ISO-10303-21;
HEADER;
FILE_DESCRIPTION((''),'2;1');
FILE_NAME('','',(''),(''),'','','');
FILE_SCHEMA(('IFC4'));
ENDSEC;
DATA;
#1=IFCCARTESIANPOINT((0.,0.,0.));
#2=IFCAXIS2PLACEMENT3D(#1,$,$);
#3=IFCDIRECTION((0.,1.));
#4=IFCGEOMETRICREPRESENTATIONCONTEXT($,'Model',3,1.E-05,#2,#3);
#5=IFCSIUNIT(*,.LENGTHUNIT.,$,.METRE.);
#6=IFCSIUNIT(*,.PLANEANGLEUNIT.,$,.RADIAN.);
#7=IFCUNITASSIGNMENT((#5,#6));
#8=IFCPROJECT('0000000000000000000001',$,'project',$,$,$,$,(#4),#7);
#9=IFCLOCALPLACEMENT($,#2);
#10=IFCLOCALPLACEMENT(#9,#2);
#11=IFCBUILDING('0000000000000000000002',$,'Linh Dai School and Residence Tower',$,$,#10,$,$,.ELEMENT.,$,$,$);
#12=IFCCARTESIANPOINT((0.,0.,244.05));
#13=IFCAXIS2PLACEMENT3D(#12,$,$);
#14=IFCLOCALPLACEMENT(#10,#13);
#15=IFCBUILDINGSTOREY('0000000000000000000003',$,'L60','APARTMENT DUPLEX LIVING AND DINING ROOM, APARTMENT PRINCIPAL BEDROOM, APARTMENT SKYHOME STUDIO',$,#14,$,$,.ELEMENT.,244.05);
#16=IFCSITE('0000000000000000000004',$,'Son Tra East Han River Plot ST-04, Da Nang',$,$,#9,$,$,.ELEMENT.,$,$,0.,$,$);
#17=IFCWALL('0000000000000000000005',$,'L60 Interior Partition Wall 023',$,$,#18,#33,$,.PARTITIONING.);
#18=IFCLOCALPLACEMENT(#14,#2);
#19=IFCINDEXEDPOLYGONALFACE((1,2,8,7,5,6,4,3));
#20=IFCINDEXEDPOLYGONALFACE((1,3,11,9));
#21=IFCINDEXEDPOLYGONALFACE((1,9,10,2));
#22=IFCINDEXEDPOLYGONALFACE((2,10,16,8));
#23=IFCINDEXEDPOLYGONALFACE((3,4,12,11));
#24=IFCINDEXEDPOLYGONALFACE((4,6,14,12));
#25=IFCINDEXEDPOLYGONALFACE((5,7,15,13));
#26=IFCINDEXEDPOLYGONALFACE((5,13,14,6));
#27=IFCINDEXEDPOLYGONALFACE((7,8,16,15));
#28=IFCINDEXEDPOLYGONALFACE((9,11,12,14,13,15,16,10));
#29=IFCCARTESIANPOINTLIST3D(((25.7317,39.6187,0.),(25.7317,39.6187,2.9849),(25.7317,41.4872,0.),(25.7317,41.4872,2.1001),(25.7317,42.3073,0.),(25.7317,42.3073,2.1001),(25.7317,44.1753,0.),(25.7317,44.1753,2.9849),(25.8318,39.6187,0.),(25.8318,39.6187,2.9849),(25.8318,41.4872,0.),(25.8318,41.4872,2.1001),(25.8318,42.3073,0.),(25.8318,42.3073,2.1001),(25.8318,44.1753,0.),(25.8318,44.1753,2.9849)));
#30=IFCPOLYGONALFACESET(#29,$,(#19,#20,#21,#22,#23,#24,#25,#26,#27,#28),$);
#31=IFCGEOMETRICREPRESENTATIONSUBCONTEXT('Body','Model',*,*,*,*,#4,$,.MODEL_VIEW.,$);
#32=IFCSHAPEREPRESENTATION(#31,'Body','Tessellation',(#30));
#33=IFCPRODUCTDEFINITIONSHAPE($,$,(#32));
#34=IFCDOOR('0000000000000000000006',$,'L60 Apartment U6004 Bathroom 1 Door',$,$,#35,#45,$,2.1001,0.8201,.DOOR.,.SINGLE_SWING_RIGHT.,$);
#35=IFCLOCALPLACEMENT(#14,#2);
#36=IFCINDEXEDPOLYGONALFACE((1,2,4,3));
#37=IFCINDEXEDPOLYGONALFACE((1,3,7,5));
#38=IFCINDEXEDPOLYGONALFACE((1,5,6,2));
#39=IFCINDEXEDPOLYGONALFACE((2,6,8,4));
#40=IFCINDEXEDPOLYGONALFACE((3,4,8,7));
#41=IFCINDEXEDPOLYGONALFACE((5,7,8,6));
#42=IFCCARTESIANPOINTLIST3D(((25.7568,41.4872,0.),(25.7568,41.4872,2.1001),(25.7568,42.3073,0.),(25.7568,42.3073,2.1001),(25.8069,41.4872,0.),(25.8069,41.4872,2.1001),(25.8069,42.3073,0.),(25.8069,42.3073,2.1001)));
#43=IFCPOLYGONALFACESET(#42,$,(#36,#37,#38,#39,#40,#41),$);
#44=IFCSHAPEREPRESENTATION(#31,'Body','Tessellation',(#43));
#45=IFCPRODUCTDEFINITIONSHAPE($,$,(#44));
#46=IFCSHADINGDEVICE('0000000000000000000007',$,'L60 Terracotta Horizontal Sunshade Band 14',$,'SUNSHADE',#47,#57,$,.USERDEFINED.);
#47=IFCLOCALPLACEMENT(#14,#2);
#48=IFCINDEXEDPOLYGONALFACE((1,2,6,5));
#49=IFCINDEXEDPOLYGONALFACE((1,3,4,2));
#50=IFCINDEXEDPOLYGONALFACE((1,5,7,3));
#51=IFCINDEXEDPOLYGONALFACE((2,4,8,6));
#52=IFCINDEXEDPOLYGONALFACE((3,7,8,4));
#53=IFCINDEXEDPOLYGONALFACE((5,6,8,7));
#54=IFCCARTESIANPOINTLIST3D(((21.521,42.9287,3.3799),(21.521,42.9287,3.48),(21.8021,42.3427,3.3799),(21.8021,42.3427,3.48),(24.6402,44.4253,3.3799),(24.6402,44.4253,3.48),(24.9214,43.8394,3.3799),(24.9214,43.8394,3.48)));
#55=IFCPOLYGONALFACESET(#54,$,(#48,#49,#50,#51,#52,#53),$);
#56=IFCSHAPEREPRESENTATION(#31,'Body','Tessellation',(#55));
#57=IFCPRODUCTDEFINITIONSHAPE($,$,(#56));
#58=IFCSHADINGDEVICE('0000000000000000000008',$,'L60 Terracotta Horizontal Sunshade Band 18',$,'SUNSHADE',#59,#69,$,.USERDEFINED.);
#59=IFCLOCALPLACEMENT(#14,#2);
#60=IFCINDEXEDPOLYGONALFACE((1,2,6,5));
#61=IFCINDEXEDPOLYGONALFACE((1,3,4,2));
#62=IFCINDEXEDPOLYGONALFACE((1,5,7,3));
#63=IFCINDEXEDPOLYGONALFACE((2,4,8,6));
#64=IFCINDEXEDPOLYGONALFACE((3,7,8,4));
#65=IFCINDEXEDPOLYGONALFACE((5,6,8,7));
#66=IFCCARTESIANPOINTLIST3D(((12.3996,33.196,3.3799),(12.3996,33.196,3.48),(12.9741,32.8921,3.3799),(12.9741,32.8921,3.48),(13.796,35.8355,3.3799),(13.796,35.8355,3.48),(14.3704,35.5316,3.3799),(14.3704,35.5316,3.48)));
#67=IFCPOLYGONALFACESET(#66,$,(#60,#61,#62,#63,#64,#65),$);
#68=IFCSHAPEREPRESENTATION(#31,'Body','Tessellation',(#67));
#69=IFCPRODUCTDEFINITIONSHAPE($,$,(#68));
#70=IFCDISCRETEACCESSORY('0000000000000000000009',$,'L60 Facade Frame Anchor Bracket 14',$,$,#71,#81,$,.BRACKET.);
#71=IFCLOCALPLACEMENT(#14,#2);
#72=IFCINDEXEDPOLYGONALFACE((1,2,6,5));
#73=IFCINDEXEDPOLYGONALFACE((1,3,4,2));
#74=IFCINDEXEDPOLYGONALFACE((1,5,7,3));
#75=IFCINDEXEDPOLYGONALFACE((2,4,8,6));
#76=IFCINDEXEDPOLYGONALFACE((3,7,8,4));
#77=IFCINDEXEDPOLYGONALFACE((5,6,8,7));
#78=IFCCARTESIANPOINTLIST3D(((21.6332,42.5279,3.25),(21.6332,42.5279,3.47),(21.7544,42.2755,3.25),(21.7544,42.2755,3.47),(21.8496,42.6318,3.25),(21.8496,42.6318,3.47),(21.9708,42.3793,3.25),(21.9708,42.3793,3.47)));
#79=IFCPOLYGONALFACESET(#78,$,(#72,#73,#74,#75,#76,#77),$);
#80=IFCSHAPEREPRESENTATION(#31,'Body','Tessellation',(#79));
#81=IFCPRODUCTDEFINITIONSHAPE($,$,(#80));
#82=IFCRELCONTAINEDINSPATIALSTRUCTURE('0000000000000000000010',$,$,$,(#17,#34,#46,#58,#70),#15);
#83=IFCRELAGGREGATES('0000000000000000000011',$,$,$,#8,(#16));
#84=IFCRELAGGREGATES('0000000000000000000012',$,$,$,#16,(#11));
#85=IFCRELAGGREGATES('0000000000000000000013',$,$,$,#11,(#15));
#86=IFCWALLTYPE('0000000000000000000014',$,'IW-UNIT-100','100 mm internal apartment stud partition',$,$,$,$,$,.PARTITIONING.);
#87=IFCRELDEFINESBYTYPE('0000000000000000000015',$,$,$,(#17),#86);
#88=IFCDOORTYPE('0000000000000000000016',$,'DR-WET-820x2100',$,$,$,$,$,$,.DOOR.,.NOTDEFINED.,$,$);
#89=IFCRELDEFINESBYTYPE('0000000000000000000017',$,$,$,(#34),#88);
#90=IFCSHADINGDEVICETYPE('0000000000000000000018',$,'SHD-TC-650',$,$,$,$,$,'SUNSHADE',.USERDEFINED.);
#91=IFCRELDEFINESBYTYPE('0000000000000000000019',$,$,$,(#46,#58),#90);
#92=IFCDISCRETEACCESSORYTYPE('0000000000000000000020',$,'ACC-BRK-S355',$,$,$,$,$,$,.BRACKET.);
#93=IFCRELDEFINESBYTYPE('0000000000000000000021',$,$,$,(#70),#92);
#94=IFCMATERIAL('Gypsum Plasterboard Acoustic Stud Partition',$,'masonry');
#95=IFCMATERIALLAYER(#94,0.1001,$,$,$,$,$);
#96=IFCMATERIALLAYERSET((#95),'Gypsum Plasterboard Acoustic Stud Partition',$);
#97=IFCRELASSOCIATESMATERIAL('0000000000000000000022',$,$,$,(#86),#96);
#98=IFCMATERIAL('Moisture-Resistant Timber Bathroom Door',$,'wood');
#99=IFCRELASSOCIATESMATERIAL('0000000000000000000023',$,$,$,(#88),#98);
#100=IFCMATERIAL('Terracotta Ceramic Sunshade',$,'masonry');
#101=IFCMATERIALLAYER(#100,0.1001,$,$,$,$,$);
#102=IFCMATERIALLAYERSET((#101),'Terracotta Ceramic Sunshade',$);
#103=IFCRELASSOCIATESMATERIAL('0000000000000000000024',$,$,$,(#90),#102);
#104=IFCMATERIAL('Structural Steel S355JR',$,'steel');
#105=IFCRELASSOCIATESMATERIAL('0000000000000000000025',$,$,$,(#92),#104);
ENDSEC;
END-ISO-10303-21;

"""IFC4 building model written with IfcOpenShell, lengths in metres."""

from ifc_helpers import new_model, si_unit, direction, frame, frame_2d, origin, origin_2d, place, context, subcontext, project, spatial, rectangle, extrude, source, transform, mapped, material, layer, layer_set, type_object, element, fill, save


model = new_model("IFC4")

# Units and contexts
model_context = context("Model", 3, precision=1e-05, world=origin(), true_north=direction((0.0, 1.0)))
body_context = subcontext(model_context, "Body", "Model", "MODEL_VIEW")
ifc_project = project(units=[si_unit("LENGTHUNIT", "METRE"), si_unit("PLANEANGLEUNIT", "RADIAN")], contexts=[model_context])

# Site, building, storey
site_placement = place(None, origin())
site = spatial("IfcSite", under=ifc_project, at=site_placement, Name="Son Tra East Han River Plot ST-04, Da Nang", CompositionType="ELEMENT", RefElevation=0.0)
building_placement = place(site_placement, origin())
building = spatial("IfcBuilding", under=site, at=building_placement, Name="Linh Dai School and Residence Tower", CompositionType="ELEMENT")
storey_placement = place(building_placement, frame((0.0, 0.0, 244.05)))
storey = spatial("IfcBuildingStorey", under=building, at=storey_placement, Name="L60", Description="APARTMENT DUPLEX LIVING AND DINING ROOM, APARTMENT PRINCIPAL BEDROOM, APARTMENT SKYHOME STUDIO", CompositionType="ELEMENT", Elevation=244.05)

# Shared definitions
ifc_material_1 = material(Name="Structural Steel S355JR", Category="steel")

# Wall, opening, door
ifc_material_2 = material(Name="Gypsum Plasterboard Acoustic Stud Partition", Category="masonry")
ifc_layer_1 = layer(ifc_material_2, 0.1001)
ifc_layer_set_1 = layer_set([ifc_layer_1], Name="Gypsum Plasterboard Acoustic Stud Partition")
wall_type_1 = type_object("IfcWallType", Name="IW-UNIT-100", Description="100 mm internal apartment stud partition", PredefinedType="PARTITIONING", material=ifc_layer_set_1)
wall_1_placement = place(storey_placement, frame((25.7817, 39.6187, 0.0), z_axis=(0.0, 0.0, 1.0), x_axis=(0.0, 1.0, 0.0)))
wall_1 = element("IfcWall", 1, at=wall_1_placement, inside=storey, type_object=wall_type_1, Name="L60 Interior Partition Wall 023", PredefinedType="PARTITIONING", context=body_context, shape_type="SweptSolid", body=[
    extrude(rectangle(XDim=4.5566, YDim=0.1001, at=frame_2d((2.2783, 0.0))), origin(), (0.0, 0.0, 1.0), 2.9849),
])
opening_1_placement = place(wall_1_placement, frame((1.8684, 0.0, 0.0)))
opening_1 = element("IfcOpeningElement", 2, at=opening_1_placement, cuts=wall_1, PredefinedType="OPENING", context=body_context, shape_type="SweptSolid", body=[
    extrude(rectangle(XDim=0.8201, YDim=2.1001, at=origin_2d()), frame((0.4102, 0.0601, 1.05), z_axis=(0.0, -1.0, 0.0), x_axis=(1.0, 0.0, 0.0)), (0.0, 0.0, 1.0), 0.1201),
])
ifc_material_3 = material(Name="Moisture-Resistant Timber Bathroom Door", Category="wood")
door_type_1 = type_object("IfcDoorType", Name="DR-WET-820x2100", OperationType="NOTDEFINED", PredefinedType="DOOR", material=ifc_material_3)
shared_shape_1 = source(origin(), body_context, "Body", "SweptSolid", [
    extrude(rectangle(XDim=0.8201, YDim=2.1001, at=origin_2d()), frame((0.4102, 0.0249, 1.05), z_axis=(0.0, -1.0, 0.0), x_axis=(1.0, 0.0, 0.0)), (0.0, 0.0, 1.0), 0.05),
])
door_1_placement = place(opening_1_placement, origin())
door_1 = element("IfcDoor", 3, at=door_1_placement, inside=storey, type_object=door_type_1, Name="L60 Apartment U6004 Bathroom 1 Door", OperationType="SINGLE_SWING_RIGHT", OverallHeight=2.1001, OverallWidth=0.8201, PredefinedType="DOOR", context=body_context, shape_type="MappedRepresentation", body=[
    mapped(shared_shape_1, transform((0.0, 0.0, 0.0), x_axis=(1.0, 0.0, 0.0), y_axis=(0.0, 1.0, 0.0), z_axis=(0.0, 0.0, 1.0), scale=1.0)),
])
fill(opening_1, door_1)

# Shading devices
ifc_material_4 = material(Name="Terracotta Ceramic Sunshade", Category="masonry")
ifc_layer_2 = layer(ifc_material_4, 0.1001)
ifc_layer_set_2 = layer_set([ifc_layer_2], Name="Terracotta Ceramic Sunshade")
shading_device_type = type_object("IfcShadingDeviceType", Name="SHD-TC-650", ElementType="SUNSHADE", PredefinedType="USERDEFINED", material=ifc_layer_set_2)
shared_shape_2 = source(origin(), body_context, "Body", "SweptSolid", [
    extrude(rectangle(XDim=3.4597, YDim=0.6499, at=origin_2d()), origin(), (0.0, 0.0, 1.0), 0.1001),
])
shading_device_1_placement = place(storey_placement, frame((23.2212, 43.384, 3.3799), z_axis=(0.0, 0.0, 1.0), x_axis=(0.901589, 0.432594, 0.0)))
element("IfcShadingDevice", 4, at=shading_device_1_placement, inside=storey, type_object=shading_device_type, Name="L60 Terracotta Horizontal Sunshade Band 14", ObjectType="SUNSHADE", PredefinedType="USERDEFINED", context=body_context, shape_type="MappedRepresentation", body=[
    mapped(shared_shape_2, transform((0.0, 0.0, 0.0), x_axis=(1.0, 0.0, 0.0), y_axis=(0.0, 1.0, 0.0), z_axis=(0.0, 0.0, 1.0), scale=1.0)),
])
shared_shape_3 = source(origin(), body_context, "Body", "SweptSolid", [
    extrude(rectangle(XDim=2.9861, YDim=0.6499, at=origin_2d()), origin(), (0.0, 0.0, 1.0), 0.1001),
])
shading_device_2_placement = place(storey_placement, frame((13.385, 34.3638, 3.3799), z_axis=(0.0, 0.0, 1.0), x_axis=(0.467621, 0.883929, 0.0)))
element("IfcShadingDevice", 5, at=shading_device_2_placement, inside=storey, type_object=shading_device_type, Name="L60 Terracotta Horizontal Sunshade Band 18", ObjectType="SUNSHADE", PredefinedType="USERDEFINED", context=body_context, shape_type="MappedRepresentation", body=[
    mapped(shared_shape_3, transform((0.0, 0.0, 0.0), x_axis=(1.0, 0.0, 0.0), y_axis=(0.0, 1.0, 0.0), z_axis=(0.0, 0.0, 1.0), scale=1.0)),
])

# Discrete accessory
discrete_accessory_type = type_object("IfcDiscreteAccessoryType", Name="ACC-BRK-S355", PredefinedType="BRACKET", material=ifc_material_1)
shared_shape_4 = source(origin(), body_context, "Body", "SweptSolid", [
    extrude(rectangle(XDim=0.28, YDim=0.24, at=origin_2d()), origin(), (0.0, 0.0, 1.0), 0.22),
])
discrete_accessory_placement = place(storey_placement, frame((21.802, 42.4536, 3.25), z_axis=(0.0, 0.0, 1.0), x_axis=(-0.432594, 0.901589, 0.0)))
element("IfcDiscreteAccessory", 6, at=discrete_accessory_placement, inside=storey, type_object=discrete_accessory_type, Name="L60 Facade Frame Anchor Bracket 14", PredefinedType="BRACKET", context=body_context, shape_type="MappedRepresentation", body=[
    mapped(shared_shape_4, transform((0.0, 0.0, 0.0), x_axis=(1.0, 0.0, 0.0), y_axis=(0.0, 1.0, 0.0), z_axis=(0.0, 0.0, 1.0), scale=1.0)),
])

save(model, "model.ifc")
